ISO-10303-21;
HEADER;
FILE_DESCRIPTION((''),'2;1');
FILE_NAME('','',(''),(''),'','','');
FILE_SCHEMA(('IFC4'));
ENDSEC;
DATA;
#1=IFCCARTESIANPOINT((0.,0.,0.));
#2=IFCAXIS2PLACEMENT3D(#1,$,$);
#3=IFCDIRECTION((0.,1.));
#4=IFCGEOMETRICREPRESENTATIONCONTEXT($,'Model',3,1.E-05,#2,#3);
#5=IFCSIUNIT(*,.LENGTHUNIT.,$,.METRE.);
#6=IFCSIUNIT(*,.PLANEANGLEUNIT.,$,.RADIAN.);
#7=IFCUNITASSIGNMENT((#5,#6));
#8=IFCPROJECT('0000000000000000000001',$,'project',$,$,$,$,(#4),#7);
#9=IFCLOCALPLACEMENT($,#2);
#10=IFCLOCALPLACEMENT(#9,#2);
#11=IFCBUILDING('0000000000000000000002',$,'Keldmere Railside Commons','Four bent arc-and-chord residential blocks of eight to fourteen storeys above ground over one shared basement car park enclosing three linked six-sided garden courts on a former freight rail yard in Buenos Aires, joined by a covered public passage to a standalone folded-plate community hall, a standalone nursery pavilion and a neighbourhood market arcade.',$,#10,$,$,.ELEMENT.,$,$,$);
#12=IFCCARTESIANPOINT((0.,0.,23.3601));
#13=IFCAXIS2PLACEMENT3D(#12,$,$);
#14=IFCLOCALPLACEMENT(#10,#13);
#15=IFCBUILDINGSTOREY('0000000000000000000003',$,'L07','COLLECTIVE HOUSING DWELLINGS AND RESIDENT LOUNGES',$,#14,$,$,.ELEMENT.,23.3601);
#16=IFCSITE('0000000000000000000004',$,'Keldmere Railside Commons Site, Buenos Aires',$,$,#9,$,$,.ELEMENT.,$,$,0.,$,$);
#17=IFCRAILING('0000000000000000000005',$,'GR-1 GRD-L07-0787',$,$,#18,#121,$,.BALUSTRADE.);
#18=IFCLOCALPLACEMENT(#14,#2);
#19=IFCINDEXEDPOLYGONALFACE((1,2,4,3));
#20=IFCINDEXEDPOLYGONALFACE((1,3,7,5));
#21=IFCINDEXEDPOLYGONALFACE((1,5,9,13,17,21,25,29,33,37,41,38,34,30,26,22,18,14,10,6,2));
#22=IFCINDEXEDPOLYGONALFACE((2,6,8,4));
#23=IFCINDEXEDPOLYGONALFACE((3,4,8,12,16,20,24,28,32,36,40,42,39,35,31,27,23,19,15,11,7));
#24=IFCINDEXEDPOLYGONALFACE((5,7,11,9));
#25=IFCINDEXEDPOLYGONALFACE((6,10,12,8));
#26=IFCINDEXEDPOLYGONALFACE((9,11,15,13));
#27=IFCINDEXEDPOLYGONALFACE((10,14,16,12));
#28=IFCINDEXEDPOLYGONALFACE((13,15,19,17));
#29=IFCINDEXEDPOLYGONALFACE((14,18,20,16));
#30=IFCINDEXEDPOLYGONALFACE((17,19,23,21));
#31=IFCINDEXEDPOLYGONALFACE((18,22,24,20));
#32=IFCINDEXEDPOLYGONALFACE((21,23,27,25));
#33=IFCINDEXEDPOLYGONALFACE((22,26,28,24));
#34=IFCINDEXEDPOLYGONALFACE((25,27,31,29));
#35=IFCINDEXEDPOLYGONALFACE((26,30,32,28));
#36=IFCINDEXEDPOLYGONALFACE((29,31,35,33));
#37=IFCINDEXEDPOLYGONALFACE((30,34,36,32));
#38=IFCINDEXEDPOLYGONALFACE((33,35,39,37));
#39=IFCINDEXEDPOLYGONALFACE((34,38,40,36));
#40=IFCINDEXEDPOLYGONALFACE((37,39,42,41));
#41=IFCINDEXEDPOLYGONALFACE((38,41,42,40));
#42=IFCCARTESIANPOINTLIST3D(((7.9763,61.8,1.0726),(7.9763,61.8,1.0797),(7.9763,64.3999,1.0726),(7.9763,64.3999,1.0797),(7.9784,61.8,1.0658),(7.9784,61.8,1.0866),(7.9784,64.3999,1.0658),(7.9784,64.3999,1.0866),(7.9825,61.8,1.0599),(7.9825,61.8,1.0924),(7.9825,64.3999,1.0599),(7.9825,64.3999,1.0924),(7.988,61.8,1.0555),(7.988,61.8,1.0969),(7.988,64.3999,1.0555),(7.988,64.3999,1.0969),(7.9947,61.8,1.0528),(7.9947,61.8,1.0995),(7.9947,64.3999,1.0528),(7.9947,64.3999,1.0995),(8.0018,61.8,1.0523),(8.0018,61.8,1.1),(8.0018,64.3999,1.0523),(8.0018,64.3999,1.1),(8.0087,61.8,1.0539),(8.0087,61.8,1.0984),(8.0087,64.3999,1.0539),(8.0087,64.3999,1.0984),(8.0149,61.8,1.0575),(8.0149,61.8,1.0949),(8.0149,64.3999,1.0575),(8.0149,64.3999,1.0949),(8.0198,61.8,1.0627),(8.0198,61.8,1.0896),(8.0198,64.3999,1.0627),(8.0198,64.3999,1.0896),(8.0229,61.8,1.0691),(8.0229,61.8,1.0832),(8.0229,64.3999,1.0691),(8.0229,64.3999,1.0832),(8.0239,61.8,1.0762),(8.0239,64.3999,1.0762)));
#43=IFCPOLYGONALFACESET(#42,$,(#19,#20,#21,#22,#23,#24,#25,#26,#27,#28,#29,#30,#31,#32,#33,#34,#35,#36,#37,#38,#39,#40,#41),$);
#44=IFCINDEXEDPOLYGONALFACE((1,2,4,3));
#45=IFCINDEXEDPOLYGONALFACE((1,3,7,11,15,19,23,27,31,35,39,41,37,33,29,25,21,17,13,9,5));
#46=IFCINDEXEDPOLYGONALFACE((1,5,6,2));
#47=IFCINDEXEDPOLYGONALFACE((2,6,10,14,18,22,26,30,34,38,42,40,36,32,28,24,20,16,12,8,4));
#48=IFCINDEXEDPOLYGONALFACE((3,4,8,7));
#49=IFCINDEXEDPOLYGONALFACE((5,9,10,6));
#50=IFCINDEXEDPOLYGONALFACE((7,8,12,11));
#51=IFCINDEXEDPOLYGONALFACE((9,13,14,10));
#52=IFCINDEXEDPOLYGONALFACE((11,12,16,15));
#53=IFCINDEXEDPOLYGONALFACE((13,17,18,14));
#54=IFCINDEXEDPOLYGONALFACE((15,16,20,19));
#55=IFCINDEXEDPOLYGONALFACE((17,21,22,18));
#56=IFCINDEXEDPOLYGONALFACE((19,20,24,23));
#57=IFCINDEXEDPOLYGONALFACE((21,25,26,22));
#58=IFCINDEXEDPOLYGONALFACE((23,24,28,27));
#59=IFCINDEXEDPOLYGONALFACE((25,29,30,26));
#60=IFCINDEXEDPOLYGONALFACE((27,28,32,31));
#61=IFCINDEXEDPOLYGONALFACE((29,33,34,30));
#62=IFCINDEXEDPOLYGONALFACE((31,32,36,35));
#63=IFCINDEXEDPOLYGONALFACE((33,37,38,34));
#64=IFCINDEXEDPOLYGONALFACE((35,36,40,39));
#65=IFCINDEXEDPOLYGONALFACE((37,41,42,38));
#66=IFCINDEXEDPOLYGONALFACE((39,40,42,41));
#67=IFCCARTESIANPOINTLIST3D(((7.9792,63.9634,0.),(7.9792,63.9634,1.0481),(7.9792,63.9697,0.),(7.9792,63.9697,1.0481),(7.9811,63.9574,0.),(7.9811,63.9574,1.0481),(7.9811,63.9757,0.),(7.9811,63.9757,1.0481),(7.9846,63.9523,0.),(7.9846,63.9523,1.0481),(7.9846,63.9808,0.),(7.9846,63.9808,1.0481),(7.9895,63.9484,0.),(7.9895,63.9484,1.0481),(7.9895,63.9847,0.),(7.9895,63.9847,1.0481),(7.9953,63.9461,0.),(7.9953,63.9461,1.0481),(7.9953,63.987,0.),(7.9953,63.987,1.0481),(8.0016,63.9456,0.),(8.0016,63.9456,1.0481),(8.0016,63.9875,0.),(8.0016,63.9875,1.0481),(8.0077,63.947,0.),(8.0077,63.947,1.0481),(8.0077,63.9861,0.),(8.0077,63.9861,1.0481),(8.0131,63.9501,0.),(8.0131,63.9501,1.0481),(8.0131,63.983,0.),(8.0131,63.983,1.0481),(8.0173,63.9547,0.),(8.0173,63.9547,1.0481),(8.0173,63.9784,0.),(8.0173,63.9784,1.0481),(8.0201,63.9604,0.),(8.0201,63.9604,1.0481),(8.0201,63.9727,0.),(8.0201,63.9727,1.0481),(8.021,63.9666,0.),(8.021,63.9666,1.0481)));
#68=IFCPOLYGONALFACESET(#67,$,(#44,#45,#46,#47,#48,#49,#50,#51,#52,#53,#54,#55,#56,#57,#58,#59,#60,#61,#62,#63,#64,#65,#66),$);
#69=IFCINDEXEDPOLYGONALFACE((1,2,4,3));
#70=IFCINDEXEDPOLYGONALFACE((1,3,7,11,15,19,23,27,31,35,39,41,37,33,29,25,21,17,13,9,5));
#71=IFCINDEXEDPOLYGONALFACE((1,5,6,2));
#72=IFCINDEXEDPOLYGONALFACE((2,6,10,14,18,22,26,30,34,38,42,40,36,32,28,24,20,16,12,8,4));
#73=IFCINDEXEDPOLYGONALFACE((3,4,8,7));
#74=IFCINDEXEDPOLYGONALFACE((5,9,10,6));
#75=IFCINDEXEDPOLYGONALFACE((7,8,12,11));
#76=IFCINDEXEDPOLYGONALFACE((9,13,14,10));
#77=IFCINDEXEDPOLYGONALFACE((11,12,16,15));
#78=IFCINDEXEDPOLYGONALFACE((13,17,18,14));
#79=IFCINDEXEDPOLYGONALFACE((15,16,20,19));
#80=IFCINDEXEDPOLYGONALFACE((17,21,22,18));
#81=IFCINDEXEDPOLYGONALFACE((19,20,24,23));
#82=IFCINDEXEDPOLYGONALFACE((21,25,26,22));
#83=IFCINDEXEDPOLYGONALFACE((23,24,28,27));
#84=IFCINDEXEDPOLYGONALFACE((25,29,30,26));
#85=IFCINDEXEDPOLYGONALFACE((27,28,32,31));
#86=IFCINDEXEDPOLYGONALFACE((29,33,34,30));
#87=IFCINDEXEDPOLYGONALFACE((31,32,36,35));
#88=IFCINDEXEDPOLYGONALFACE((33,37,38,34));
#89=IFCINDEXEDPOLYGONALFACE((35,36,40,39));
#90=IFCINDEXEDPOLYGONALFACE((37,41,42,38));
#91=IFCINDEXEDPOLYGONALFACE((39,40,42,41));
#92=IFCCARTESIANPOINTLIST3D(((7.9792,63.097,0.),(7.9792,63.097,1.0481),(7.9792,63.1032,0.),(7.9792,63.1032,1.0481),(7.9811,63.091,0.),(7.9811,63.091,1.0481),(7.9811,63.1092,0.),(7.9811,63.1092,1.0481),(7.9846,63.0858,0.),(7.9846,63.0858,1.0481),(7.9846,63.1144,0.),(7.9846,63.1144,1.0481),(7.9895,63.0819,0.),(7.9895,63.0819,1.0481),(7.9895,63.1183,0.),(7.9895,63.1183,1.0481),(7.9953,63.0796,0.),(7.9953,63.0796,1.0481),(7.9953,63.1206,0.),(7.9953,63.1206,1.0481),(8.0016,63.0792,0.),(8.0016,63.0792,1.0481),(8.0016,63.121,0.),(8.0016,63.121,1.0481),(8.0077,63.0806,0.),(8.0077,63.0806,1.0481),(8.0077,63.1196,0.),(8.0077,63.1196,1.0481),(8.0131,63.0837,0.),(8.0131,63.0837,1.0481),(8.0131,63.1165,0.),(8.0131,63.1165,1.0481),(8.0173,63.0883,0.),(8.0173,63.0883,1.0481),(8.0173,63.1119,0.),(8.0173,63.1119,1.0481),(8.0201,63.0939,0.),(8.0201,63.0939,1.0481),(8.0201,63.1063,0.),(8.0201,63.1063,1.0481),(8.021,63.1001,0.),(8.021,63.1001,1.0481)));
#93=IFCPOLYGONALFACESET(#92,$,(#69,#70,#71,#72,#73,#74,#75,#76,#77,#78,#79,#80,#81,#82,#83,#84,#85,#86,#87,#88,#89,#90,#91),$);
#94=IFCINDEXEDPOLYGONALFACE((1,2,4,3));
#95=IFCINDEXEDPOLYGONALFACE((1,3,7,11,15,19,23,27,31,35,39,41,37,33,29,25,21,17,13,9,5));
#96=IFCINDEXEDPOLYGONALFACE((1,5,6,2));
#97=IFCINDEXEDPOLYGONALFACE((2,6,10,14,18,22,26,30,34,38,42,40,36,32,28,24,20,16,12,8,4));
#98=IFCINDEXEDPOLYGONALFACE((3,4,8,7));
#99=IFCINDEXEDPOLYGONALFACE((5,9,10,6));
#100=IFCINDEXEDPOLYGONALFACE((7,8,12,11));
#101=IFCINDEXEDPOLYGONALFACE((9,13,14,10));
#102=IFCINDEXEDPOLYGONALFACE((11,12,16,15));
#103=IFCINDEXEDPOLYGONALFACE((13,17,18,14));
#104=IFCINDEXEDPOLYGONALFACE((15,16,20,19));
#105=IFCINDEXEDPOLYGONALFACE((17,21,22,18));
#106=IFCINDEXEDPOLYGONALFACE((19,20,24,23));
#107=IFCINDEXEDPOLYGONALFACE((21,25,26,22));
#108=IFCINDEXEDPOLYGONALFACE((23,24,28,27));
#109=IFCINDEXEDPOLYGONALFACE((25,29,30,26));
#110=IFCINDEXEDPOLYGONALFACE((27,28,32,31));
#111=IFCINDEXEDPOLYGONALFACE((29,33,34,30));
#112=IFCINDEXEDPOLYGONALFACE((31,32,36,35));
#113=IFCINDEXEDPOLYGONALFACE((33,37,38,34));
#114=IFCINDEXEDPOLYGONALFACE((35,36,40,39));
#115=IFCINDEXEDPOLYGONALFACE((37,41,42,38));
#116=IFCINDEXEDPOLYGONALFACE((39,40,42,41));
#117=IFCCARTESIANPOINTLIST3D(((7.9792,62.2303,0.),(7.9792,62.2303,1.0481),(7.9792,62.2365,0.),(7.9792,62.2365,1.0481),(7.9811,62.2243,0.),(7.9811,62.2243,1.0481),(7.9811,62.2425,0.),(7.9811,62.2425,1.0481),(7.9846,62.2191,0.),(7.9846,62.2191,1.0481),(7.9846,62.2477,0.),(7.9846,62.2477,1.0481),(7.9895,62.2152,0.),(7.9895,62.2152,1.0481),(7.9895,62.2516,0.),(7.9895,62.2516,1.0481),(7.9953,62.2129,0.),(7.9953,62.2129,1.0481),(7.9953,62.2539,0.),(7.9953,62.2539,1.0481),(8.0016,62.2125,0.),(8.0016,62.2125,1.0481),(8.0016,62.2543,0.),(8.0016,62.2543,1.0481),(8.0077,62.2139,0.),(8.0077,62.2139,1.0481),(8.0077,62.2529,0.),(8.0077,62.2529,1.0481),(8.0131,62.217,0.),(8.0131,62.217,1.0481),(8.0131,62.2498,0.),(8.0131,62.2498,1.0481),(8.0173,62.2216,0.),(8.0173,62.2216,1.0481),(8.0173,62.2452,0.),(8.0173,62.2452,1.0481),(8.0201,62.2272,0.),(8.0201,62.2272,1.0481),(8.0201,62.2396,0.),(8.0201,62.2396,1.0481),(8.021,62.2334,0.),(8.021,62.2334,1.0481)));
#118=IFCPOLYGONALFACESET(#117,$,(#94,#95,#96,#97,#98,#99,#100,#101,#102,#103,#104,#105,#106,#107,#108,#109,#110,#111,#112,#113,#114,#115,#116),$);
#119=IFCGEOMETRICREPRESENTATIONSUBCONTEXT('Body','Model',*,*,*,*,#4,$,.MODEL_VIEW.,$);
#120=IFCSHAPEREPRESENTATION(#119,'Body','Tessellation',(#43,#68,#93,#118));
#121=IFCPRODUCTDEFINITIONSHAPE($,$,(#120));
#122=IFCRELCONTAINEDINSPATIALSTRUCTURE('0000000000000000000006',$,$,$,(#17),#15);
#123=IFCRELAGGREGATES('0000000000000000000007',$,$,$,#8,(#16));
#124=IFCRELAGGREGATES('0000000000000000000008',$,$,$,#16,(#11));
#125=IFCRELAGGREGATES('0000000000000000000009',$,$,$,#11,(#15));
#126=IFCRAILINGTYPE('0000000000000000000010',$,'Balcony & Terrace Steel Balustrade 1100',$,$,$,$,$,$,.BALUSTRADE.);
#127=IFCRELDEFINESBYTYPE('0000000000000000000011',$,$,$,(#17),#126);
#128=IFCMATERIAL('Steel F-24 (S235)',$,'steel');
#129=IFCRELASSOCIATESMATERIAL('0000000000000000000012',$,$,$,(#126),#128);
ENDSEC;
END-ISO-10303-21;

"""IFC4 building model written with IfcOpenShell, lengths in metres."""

from ifc_helpers import new_model, si_unit, direction, frame, origin, origin_2d, place, context, subcontext, project, spatial, circle, extrude, material, type_object, element, save


model = new_model("IFC4")

# Units and contexts
model_context = context("Model", 3, precision=1e-05, world=origin(), true_north=direction((0.0, 1.0)))
body_context = subcontext(model_context, "Body", "Model", "MODEL_VIEW")
ifc_project = project(units=[si_unit("LENGTHUNIT", "METRE"), si_unit("PLANEANGLEUNIT", "RADIAN")], contexts=[model_context])

# Site, building, storey
site_placement = place(None, origin())
site = spatial("IfcSite", under=ifc_project, at=site_placement, Name="Keldmere Railside Commons Site, Buenos Aires", CompositionType="ELEMENT", RefElevation=0.0)
building_placement = place(site_placement, origin())
building = spatial("IfcBuilding", under=site, at=building_placement, Name="Keldmere Railside Commons", Description="Four bent arc-and-chord residential blocks of eight to fourteen storeys above ground over one shared basement car park enclosing three linked six-sided garden courts on a former freight rail yard in Buenos Aires, joined by a covered public passage to a standalone folded-plate community hall, a standalone nursery pavilion and a neighbourhood market arcade.", CompositionType="ELEMENT")
storey_placement = place(building_placement, frame((0.0, 0.0, 23.3601)))
storey = spatial("IfcBuildingStorey", under=building, at=storey_placement, Name="L07", Description="COLLECTIVE HOUSING DWELLINGS AND RESIDENT LOUNGES", CompositionType="ELEMENT", Elevation=23.3601)

# Railing
ifc_material_1 = material(Name="Steel F-24 (S235)", Category="steel")
railing_type = type_object("IfcRailingType", Name="Balcony & Terrace Steel Balustrade 1100", PredefinedType="BALUSTRADE", material=ifc_material_1)
railing_1_placement = place(storey_placement, frame((8.0, 64.3999, 0.0)))
element("IfcRailing", 1, at=railing_1_placement, inside=storey, type_object=railing_type, Name="GR-1 GRD-L07-0787", PredefinedType="BALUSTRADE", context=body_context, shape_type="SweptSolid", body=[
    extrude(circle(Radius=0.0239, at=origin_2d()), frame((0.0, 0.0, 1.0762), z_axis=(0.0, -1.0, 0.0), x_axis=(1.0, 0.0, 0.0)), (0.0, 0.0, 1.0), 2.5999),
    extrude(circle(Radius=0.021, at=origin_2d()), frame((0.0, -0.4333, 0.0)), (0.0, 0.0, 1.0), 1.0481),
    extrude(circle(Radius=0.021, at=origin_2d()), frame((0.0, -1.2998, 0.0)), (0.0, 0.0, 1.0), 1.0481),
    extrude(circle(Radius=0.021, at=origin_2d()), frame((0.0, -2.1665, 0.0)), (0.0, 0.0, 1.0), 1.0481),
])

save(model, "model.ifc")
